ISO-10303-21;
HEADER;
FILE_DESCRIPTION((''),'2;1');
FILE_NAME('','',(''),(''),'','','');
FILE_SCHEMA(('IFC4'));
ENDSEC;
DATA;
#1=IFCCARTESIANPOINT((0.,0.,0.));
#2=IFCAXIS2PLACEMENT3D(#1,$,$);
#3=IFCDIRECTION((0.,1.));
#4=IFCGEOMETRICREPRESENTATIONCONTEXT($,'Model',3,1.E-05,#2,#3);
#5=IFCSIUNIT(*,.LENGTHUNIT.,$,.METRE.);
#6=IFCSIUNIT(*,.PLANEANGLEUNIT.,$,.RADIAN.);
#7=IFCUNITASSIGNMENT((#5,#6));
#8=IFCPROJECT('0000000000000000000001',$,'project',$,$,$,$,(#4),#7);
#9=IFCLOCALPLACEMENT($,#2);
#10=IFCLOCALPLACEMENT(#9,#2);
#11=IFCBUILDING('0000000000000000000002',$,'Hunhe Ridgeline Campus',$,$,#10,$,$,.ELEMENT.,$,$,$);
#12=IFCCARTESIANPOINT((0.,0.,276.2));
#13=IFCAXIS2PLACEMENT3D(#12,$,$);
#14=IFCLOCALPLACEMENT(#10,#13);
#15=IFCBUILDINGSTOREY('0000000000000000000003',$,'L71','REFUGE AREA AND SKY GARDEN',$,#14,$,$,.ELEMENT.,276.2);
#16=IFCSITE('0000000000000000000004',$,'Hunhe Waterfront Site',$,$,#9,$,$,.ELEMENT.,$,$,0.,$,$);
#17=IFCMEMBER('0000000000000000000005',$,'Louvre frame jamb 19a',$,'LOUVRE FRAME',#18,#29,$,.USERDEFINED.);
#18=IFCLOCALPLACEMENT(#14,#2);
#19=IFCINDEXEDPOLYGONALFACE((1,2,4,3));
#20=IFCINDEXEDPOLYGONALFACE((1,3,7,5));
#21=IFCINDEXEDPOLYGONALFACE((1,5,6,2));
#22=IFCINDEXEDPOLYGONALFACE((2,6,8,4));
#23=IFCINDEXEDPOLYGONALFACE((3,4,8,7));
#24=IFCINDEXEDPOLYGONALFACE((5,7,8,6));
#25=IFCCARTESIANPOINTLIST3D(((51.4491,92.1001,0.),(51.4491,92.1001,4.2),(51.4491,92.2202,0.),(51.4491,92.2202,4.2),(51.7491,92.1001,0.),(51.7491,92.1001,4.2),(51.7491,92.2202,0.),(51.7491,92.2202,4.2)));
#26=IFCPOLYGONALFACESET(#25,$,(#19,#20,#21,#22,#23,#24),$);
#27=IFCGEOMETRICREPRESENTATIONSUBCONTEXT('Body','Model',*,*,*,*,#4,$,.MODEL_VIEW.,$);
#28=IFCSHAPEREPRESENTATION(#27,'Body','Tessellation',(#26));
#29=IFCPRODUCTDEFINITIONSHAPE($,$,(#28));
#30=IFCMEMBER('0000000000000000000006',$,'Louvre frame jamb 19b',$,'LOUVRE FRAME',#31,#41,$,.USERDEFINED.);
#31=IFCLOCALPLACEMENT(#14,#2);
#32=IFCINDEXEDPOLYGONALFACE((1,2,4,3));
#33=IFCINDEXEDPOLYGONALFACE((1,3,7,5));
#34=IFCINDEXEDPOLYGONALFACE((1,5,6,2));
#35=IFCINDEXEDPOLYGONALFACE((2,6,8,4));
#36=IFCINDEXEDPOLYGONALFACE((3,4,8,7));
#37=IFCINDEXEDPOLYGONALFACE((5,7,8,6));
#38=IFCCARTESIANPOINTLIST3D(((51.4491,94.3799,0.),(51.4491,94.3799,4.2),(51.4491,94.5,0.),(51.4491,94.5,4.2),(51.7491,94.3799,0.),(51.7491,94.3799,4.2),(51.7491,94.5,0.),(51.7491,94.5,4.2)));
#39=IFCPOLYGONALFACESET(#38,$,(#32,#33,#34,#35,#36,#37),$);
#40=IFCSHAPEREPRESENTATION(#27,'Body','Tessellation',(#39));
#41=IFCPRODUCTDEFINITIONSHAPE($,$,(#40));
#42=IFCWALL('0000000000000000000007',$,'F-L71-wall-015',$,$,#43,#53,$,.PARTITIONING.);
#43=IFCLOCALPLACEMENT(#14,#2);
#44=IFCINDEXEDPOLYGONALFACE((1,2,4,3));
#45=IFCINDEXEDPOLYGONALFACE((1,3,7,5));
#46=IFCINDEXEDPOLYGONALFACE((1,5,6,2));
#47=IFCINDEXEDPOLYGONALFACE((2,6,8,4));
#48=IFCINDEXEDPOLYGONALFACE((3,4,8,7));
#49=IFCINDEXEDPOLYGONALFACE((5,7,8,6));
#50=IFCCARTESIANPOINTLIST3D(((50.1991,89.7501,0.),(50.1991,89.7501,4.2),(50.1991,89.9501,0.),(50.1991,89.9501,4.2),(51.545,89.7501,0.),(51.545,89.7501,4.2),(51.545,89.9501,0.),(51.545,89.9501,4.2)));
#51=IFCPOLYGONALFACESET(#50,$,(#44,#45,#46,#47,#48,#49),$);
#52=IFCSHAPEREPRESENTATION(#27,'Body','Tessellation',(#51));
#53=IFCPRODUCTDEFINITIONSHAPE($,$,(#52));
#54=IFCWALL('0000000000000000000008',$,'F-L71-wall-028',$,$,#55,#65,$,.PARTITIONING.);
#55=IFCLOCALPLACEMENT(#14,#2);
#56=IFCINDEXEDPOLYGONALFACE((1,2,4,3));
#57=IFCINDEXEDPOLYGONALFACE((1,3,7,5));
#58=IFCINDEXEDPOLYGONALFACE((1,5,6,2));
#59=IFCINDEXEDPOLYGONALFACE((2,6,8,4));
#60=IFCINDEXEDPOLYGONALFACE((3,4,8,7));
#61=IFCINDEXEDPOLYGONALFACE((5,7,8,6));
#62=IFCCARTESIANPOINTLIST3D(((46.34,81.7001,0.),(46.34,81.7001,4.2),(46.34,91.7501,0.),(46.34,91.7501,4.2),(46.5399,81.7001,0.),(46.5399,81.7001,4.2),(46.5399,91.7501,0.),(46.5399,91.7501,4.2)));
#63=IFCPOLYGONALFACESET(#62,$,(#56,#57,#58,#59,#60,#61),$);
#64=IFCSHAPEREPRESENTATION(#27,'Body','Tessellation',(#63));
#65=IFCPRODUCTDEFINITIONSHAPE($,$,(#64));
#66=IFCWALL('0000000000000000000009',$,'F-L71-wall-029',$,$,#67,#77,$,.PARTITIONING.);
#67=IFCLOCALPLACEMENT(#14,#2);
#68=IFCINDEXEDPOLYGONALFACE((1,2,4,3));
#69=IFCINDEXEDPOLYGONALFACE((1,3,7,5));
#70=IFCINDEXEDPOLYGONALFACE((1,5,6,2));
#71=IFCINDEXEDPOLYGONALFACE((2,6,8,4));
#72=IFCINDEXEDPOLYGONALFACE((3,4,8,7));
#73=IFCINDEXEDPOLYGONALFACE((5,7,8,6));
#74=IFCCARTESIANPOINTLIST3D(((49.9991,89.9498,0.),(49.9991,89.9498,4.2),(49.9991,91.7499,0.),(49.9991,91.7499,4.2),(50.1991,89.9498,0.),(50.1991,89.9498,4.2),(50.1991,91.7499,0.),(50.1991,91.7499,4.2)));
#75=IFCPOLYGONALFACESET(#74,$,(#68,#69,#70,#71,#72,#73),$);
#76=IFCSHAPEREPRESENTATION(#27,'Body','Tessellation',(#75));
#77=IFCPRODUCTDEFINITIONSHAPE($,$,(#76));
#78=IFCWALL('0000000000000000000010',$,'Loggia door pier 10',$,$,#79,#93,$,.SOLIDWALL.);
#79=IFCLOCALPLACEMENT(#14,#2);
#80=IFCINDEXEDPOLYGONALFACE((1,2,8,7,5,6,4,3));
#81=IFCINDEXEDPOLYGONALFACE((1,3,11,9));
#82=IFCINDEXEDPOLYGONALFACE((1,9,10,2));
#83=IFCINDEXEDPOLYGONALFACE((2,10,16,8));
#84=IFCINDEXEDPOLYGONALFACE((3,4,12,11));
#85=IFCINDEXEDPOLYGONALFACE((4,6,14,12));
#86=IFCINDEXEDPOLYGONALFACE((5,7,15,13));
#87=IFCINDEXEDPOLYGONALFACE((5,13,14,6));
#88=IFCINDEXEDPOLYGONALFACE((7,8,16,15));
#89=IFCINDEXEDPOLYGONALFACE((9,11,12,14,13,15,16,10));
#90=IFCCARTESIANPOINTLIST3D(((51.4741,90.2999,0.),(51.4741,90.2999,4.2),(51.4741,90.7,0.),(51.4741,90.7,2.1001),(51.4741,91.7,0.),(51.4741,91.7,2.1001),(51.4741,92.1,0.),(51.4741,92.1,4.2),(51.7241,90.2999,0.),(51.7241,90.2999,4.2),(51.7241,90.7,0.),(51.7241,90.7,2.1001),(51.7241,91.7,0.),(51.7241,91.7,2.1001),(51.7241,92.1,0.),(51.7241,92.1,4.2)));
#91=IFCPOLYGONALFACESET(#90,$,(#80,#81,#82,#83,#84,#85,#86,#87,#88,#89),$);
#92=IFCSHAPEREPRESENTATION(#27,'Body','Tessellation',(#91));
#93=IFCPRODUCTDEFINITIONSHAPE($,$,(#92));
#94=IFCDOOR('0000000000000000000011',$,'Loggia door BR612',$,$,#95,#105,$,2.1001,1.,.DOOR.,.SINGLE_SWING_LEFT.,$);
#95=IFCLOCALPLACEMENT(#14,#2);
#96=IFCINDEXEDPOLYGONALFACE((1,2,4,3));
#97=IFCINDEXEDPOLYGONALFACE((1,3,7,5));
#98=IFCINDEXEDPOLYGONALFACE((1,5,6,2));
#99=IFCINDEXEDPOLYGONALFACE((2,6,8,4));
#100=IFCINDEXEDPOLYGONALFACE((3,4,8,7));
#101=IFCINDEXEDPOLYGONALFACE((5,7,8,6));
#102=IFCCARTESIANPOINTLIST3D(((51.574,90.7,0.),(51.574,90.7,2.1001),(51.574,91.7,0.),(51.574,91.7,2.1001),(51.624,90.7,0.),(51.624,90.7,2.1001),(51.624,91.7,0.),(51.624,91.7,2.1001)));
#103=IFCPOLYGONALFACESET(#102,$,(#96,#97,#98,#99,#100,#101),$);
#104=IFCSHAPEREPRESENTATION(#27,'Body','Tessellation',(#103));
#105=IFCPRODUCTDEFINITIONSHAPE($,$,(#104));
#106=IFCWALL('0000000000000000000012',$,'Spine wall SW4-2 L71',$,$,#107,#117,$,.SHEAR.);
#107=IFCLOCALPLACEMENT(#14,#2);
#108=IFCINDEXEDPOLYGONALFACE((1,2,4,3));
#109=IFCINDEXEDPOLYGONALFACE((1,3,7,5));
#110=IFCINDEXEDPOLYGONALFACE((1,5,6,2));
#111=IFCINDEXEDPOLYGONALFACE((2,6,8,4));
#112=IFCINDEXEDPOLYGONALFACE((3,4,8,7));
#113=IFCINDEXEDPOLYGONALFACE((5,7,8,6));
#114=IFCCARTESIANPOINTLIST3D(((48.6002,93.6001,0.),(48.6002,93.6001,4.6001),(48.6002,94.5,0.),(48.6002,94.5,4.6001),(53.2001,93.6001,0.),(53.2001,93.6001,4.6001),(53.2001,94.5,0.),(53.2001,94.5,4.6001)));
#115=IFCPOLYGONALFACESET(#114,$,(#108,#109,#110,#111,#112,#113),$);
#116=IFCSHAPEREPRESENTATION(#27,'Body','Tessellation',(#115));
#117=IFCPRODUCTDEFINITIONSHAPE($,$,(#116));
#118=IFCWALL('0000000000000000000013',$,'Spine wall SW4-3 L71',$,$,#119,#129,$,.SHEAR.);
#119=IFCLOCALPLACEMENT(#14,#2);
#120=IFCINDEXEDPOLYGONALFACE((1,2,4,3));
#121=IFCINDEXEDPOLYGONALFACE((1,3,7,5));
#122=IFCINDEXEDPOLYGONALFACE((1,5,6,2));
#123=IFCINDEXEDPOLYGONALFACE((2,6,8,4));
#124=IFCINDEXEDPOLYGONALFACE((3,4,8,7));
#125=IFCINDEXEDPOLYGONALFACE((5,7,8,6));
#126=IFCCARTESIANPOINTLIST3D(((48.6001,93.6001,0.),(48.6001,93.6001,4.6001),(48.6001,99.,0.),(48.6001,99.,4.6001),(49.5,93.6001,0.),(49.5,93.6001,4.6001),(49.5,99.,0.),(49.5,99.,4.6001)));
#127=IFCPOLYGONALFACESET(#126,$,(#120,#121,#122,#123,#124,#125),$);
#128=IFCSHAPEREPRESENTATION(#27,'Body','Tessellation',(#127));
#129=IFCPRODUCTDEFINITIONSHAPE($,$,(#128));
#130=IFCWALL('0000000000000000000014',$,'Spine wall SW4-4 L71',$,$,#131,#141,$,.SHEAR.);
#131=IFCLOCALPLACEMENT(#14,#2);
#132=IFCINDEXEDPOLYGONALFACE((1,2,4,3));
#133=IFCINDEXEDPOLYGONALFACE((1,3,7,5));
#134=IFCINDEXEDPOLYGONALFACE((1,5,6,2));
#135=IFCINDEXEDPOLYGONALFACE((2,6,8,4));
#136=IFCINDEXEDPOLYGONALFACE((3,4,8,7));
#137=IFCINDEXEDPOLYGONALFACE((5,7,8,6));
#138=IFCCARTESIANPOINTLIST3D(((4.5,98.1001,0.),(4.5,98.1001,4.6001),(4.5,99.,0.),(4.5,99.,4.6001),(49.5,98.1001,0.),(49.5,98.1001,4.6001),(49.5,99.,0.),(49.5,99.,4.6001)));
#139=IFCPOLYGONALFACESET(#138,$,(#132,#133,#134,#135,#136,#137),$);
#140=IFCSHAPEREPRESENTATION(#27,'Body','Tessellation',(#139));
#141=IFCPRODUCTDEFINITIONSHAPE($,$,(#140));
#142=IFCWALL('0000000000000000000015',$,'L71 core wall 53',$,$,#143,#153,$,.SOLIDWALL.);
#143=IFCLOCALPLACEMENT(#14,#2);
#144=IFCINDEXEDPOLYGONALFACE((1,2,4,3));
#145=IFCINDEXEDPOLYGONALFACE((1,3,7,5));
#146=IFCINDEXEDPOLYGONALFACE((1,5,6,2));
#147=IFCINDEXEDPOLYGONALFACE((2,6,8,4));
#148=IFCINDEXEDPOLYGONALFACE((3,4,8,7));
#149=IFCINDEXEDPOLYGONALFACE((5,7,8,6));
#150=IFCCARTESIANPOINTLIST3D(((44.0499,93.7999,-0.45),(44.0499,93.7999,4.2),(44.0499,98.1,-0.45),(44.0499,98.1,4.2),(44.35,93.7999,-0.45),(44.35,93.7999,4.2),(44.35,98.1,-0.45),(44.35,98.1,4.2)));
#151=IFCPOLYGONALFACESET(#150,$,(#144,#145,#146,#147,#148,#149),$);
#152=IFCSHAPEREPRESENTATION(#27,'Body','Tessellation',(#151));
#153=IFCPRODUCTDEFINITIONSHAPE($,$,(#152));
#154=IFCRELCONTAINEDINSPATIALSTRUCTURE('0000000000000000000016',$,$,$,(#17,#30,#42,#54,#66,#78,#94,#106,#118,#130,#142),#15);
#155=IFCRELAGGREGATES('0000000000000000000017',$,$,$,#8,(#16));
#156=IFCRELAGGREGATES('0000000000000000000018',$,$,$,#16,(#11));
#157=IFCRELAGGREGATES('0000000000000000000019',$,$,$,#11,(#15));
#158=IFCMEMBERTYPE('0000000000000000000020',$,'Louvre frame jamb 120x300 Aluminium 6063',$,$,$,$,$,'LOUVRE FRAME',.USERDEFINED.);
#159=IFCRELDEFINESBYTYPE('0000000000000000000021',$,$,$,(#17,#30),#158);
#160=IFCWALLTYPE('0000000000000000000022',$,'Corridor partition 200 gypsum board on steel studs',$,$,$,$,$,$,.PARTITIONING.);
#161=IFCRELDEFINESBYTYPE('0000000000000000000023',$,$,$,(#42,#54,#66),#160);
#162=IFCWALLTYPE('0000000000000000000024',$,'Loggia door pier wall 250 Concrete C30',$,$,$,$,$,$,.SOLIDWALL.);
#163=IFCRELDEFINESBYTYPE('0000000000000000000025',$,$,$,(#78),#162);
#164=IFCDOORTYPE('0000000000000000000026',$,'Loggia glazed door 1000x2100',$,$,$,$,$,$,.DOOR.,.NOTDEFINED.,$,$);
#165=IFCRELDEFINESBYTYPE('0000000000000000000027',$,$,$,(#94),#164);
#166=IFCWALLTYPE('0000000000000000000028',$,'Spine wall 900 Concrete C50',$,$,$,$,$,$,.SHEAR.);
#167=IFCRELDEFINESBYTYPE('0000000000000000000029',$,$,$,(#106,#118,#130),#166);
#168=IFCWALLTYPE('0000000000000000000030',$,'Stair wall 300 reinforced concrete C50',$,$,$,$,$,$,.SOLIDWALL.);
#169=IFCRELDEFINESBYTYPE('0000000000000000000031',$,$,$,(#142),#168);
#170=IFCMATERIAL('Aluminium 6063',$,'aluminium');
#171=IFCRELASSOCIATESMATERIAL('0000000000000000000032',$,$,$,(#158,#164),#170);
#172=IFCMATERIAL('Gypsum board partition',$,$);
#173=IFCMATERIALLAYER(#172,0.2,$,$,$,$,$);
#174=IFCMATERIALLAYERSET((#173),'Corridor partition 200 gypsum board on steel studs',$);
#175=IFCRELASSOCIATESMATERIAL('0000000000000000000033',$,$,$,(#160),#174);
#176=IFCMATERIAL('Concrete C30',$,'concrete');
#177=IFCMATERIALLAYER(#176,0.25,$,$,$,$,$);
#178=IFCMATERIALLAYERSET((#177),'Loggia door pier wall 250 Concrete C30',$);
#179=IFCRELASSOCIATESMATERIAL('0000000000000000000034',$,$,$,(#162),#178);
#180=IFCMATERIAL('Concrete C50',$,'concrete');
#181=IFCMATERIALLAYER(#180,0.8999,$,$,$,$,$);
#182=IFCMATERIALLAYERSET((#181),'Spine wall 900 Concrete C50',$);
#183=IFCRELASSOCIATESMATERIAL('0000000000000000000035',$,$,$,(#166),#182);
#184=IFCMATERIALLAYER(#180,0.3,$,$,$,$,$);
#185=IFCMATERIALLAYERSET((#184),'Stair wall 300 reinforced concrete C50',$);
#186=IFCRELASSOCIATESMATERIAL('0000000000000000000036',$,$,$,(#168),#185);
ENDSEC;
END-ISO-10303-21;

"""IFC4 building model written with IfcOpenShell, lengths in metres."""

from ifc_helpers import new_model, si_unit, direction, frame, frame_2d, origin, origin_2d, place, context, subcontext, project, spatial, rectangle, extrude, material, layer, layer_set, material_profile, profile_set, type_object, element, fill, save


model = new_model("IFC4")

# Units and contexts
model_context = context("Model", 3, precision=1e-05, world=origin(), true_north=direction((0.0, 1.0)))
body_context = subcontext(model_context, "Body", "Model", "MODEL_VIEW")
ifc_project = project(units=[si_unit("LENGTHUNIT", "METRE"), si_unit("PLANEANGLEUNIT", "RADIAN")], contexts=[model_context])

# Site, building, storey
site_placement = place(None, origin())
site = spatial("IfcSite", under=ifc_project, at=site_placement, Name="Hunhe Waterfront Site", CompositionType="ELEMENT", RefElevation=0.0)
building_placement = place(site_placement, origin())
building = spatial("IfcBuilding", under=site, at=building_placement, Name="Hunhe Ridgeline Campus", CompositionType="ELEMENT")
storey_placement = place(building_placement, frame((0.0, 0.0, 276.2)))
storey = spatial("IfcBuildingStorey", under=building, at=storey_placement, Name="L71", Description="REFUGE AREA AND SKY GARDEN", CompositionType="ELEMENT", Elevation=276.2)

# Members
ifc_material_1 = material(Name="Aluminium 6063", Category="aluminium")
ifc_material_profile_1 = material_profile(ifc_material_1, rectangle(XDim=0.3, YDim=0.1201, at=origin_2d()))
ifc_profile_set_1 = profile_set([ifc_material_profile_1], Name="Aluminium 6063")
member_type_1 = type_object("IfcMemberType", Name="Louvre frame jamb 120x300 Aluminium 6063", ElementType="LOUVRE FRAME", PredefinedType="USERDEFINED", material=ifc_profile_set_1)
for number, where, z_axis, x_axis, name in (
    (1, (51.5991, 92.1602, 0.0), (0.0, 0.0, 1.0), (-1.0, 0.0, 0.0), "Louvre frame jamb 19a"),
    (2, (51.5991, 94.4399, 0.0), (0.0, 0.0, 1.0), (-1.0, 0.0, 0.0), "Louvre frame jamb 19b"),
):
    element("IfcMember", number, at=place(storey_placement, frame(where, z_axis=z_axis, x_axis=x_axis)), inside=storey, type_object=member_type_1, Name=name, ObjectType="LOUVRE FRAME", PredefinedType="USERDEFINED", context=body_context, shape_type="SweptSolid", body=[
        extrude(rectangle(XDim=0.3, YDim=0.1201, at=origin_2d()), origin(), (0.0, 0.0, 1.0), 4.2),
    ])

# Wall
ifc_material_2 = material(Name="Gypsum board partition")
ifc_layer_1 = layer(ifc_material_2, 0.2)
ifc_layer_set_1 = layer_set([ifc_layer_1], Name="Corridor partition 200 gypsum board on steel studs")
wall_type_1 = type_object("IfcWallType", Name="Corridor partition 200 gypsum board on steel studs", PredefinedType="PARTITIONING", material=ifc_layer_set_1)
wall_1_placement = place(storey_placement, frame((51.5449, 89.8501, 0.0), z_axis=(0.0, 0.0, 1.0), x_axis=(-1.0, 0.0, 0.0)))
element("IfcWall", 3, at=wall_1_placement, inside=storey, type_object=wall_type_1, Name="F-L71-wall-015", PredefinedType="PARTITIONING", context=body_context, shape_type="SweptSolid", body=[
    extrude(rectangle(XDim=1.3459, YDim=0.2, at=frame_2d((0.6729, 0.0))), origin(), (0.0, 0.0, 1.0), 4.2),
])

# Walls
wall_2_placement = place(storey_placement, frame((46.4399, 91.75, 0.0), z_axis=(0.0, 0.0, 1.0), x_axis=(0.0, -1.0, 0.0)))
element("IfcWall", 4, at=wall_2_placement, inside=storey, type_object=wall_type_1, Name="F-L71-wall-028", PredefinedType="PARTITIONING", context=body_context, shape_type="SweptSolid", body=[
    extrude(rectangle(XDim=10.05, YDim=0.2, at=frame_2d((5.0249, 0.0))), origin(), (0.0, 0.0, 1.0), 4.2),
])
wall_3_placement = place(storey_placement, frame((50.0991, 89.95, 0.0), z_axis=(0.0, 0.0, 1.0), x_axis=(0.0, 1.0, 0.0)))
element("IfcWall", 5, at=wall_3_placement, inside=storey, type_object=wall_type_1, Name="F-L71-wall-029", PredefinedType="PARTITIONING", context=body_context, shape_type="SweptSolid", body=[
    extrude(rectangle(XDim=1.8, YDim=0.2, at=frame_2d((0.8999, 0.0))), origin(), (0.0, 0.0, 1.0), 4.2),
])

# Wall, opening, door
ifc_material_3 = material(Name="Concrete C30", Category="concrete")
ifc_layer_2 = layer(ifc_material_3, 0.25)
ifc_layer_set_2 = layer_set([ifc_layer_2], Name="Loggia door pier wall 250 Concrete C30")
wall_type_2 = type_object("IfcWallType", Name="Loggia door pier wall 250 Concrete C30", PredefinedType="SOLIDWALL", material=ifc_layer_set_2)
wall_4_placement = place(storey_placement, frame((51.5991, 90.3, 0.0), z_axis=(0.0, 0.0, 1.0), x_axis=(0.0, 1.0, 0.0)))
wall_4 = element("IfcWall", 6, at=wall_4_placement, inside=storey, type_object=wall_type_2, Name="Loggia door pier 10", PredefinedType="SOLIDWALL", context=body_context, shape_type="SweptSolid", body=[
    extrude(rectangle(XDim=1.8, YDim=0.25, at=frame_2d((0.8999, 0.0))), origin(), (0.0, 0.0, 1.0), 4.2),
])
opening_1_placement = place(wall_4_placement, frame((0.3999, 0.0, 0.0)))
opening_1 = element("IfcOpeningElement", 7, at=opening_1_placement, cuts=wall_4, PredefinedType="OPENING", context=body_context, shape_type="SweptSolid", body=[
    extrude(rectangle(XDim=1.0, YDim=2.1001, at=frame_2d((0.5, 1.05))), frame((0.0, 0.125, 0.0), z_axis=(0.0, -1.0, 0.0), x_axis=(1.0, 0.0, 0.0)), (0.0, 0.0, 1.0), 0.25),
])
door_type_1 = type_object("IfcDoorType", Name="Loggia glazed door 1000x2100", OperationType="NOTDEFINED", PredefinedType="DOOR", material=ifc_material_1)
door_1_placement = place(opening_1_placement, frame((1.0, 0.0, 0.0), z_axis=(0.0, 0.0, 1.0), x_axis=(-1.0, 0.0, 0.0)))
door_1 = element("IfcDoor", 8, at=door_1_placement, inside=storey, type_object=door_type_1, Name="Loggia door BR612", OperationType="SINGLE_SWING_LEFT", OverallHeight=2.1001, OverallWidth=1.0, PredefinedType="DOOR", context=body_context, shape_type="SweptSolid", body=[
    extrude(rectangle(XDim=1.0, YDim=2.1001, at=frame_2d((0.5, 1.05))), frame((0.0, 0.0249, 0.0), z_axis=(0.0, -1.0, 0.0), x_axis=(1.0, 0.0, 0.0)), (0.0, 0.0, 1.0), 0.05),
])
fill(opening_1, door_1)

# Walls
ifc_material_4 = material(Name="Concrete C50", Category="concrete")
ifc_layer_3 = layer(ifc_material_4, 0.8999)
ifc_layer_set_3 = layer_set([ifc_layer_3], Name="Spine wall 900 Concrete C50")
wall_type_3 = type_object("IfcWallType", Name="Spine wall 900 Concrete C50", PredefinedType="SHEAR", material=ifc_layer_set_3)
wall_5_placement = place(storey_placement, frame((53.2, 94.05, 0.0), z_axis=(0.0, 0.0, 1.0), x_axis=(-1.0, 0.0, 0.0)))
element("IfcWall", 9, at=wall_5_placement, inside=storey, type_object=wall_type_3, Name="Spine wall SW4-2 L71", PredefinedType="SHEAR", context=body_context, shape_type="SweptSolid", body=[
    extrude(rectangle(XDim=4.5999, YDim=0.8999, at=frame_2d((2.2998, 0.0))), origin(), (0.0, 0.0, 1.0), 4.6001),
])
wall_6_placement = place(storey_placement, frame((49.05, 93.6001, 0.0), z_axis=(0.0, 0.0, 1.0), x_axis=(0.0, 1.0, 0.0)))
element("IfcWall", 10, at=wall_6_placement, inside=storey, type_object=wall_type_3, Name="Spine wall SW4-3 L71", PredefinedType="SHEAR", context=body_context, shape_type="SweptSolid", body=[
    extrude(rectangle(XDim=5.3999, YDim=0.8999, at=frame_2d((2.7, 0.0))), origin(), (0.0, 0.0, 1.0), 4.6001),
])
wall_7_placement = place(storey_placement, frame((49.5, 98.55, 0.0), z_axis=(0.0, 0.0, 1.0), x_axis=(-1.0, 0.0, 0.0)))
element("IfcWall", 11, at=wall_7_placement, inside=storey, type_object=wall_type_3, Name="Spine wall SW4-4 L71", PredefinedType="SHEAR", context=body_context, shape_type="SweptSolid", body=[
    extrude(rectangle(XDim=45.0, YDim=0.8999, at=frame_2d((22.5, 0.0))), origin(), (0.0, 0.0, 1.0), 4.6001),
])
ifc_layer_4 = layer(ifc_material_4, 0.3)
ifc_layer_set_4 = layer_set([ifc_layer_4], Name="Stair wall 300 reinforced concrete C50")
wall_type_4 = type_object("IfcWallType", Name="Stair wall 300 reinforced concrete C50", PredefinedType="SOLIDWALL", material=ifc_layer_set_4)
wall_8_placement = place(storey_placement, frame((44.2, 93.8, -0.45), z_axis=(0.0, 0.0, 1.0), x_axis=(0.0, 1.0, 0.0)))
element("IfcWall", 12, at=wall_8_placement, inside=storey, type_object=wall_type_4, Name="L71 core wall 53", PredefinedType="SOLIDWALL", context=body_context, shape_type="SweptSolid", body=[
    extrude(rectangle(XDim=4.3, YDim=0.3, at=frame_2d((2.1499, 0.0))), origin(), (0.0, 0.0, 1.0), 4.6499),
])

save(model, "model.ifc")
